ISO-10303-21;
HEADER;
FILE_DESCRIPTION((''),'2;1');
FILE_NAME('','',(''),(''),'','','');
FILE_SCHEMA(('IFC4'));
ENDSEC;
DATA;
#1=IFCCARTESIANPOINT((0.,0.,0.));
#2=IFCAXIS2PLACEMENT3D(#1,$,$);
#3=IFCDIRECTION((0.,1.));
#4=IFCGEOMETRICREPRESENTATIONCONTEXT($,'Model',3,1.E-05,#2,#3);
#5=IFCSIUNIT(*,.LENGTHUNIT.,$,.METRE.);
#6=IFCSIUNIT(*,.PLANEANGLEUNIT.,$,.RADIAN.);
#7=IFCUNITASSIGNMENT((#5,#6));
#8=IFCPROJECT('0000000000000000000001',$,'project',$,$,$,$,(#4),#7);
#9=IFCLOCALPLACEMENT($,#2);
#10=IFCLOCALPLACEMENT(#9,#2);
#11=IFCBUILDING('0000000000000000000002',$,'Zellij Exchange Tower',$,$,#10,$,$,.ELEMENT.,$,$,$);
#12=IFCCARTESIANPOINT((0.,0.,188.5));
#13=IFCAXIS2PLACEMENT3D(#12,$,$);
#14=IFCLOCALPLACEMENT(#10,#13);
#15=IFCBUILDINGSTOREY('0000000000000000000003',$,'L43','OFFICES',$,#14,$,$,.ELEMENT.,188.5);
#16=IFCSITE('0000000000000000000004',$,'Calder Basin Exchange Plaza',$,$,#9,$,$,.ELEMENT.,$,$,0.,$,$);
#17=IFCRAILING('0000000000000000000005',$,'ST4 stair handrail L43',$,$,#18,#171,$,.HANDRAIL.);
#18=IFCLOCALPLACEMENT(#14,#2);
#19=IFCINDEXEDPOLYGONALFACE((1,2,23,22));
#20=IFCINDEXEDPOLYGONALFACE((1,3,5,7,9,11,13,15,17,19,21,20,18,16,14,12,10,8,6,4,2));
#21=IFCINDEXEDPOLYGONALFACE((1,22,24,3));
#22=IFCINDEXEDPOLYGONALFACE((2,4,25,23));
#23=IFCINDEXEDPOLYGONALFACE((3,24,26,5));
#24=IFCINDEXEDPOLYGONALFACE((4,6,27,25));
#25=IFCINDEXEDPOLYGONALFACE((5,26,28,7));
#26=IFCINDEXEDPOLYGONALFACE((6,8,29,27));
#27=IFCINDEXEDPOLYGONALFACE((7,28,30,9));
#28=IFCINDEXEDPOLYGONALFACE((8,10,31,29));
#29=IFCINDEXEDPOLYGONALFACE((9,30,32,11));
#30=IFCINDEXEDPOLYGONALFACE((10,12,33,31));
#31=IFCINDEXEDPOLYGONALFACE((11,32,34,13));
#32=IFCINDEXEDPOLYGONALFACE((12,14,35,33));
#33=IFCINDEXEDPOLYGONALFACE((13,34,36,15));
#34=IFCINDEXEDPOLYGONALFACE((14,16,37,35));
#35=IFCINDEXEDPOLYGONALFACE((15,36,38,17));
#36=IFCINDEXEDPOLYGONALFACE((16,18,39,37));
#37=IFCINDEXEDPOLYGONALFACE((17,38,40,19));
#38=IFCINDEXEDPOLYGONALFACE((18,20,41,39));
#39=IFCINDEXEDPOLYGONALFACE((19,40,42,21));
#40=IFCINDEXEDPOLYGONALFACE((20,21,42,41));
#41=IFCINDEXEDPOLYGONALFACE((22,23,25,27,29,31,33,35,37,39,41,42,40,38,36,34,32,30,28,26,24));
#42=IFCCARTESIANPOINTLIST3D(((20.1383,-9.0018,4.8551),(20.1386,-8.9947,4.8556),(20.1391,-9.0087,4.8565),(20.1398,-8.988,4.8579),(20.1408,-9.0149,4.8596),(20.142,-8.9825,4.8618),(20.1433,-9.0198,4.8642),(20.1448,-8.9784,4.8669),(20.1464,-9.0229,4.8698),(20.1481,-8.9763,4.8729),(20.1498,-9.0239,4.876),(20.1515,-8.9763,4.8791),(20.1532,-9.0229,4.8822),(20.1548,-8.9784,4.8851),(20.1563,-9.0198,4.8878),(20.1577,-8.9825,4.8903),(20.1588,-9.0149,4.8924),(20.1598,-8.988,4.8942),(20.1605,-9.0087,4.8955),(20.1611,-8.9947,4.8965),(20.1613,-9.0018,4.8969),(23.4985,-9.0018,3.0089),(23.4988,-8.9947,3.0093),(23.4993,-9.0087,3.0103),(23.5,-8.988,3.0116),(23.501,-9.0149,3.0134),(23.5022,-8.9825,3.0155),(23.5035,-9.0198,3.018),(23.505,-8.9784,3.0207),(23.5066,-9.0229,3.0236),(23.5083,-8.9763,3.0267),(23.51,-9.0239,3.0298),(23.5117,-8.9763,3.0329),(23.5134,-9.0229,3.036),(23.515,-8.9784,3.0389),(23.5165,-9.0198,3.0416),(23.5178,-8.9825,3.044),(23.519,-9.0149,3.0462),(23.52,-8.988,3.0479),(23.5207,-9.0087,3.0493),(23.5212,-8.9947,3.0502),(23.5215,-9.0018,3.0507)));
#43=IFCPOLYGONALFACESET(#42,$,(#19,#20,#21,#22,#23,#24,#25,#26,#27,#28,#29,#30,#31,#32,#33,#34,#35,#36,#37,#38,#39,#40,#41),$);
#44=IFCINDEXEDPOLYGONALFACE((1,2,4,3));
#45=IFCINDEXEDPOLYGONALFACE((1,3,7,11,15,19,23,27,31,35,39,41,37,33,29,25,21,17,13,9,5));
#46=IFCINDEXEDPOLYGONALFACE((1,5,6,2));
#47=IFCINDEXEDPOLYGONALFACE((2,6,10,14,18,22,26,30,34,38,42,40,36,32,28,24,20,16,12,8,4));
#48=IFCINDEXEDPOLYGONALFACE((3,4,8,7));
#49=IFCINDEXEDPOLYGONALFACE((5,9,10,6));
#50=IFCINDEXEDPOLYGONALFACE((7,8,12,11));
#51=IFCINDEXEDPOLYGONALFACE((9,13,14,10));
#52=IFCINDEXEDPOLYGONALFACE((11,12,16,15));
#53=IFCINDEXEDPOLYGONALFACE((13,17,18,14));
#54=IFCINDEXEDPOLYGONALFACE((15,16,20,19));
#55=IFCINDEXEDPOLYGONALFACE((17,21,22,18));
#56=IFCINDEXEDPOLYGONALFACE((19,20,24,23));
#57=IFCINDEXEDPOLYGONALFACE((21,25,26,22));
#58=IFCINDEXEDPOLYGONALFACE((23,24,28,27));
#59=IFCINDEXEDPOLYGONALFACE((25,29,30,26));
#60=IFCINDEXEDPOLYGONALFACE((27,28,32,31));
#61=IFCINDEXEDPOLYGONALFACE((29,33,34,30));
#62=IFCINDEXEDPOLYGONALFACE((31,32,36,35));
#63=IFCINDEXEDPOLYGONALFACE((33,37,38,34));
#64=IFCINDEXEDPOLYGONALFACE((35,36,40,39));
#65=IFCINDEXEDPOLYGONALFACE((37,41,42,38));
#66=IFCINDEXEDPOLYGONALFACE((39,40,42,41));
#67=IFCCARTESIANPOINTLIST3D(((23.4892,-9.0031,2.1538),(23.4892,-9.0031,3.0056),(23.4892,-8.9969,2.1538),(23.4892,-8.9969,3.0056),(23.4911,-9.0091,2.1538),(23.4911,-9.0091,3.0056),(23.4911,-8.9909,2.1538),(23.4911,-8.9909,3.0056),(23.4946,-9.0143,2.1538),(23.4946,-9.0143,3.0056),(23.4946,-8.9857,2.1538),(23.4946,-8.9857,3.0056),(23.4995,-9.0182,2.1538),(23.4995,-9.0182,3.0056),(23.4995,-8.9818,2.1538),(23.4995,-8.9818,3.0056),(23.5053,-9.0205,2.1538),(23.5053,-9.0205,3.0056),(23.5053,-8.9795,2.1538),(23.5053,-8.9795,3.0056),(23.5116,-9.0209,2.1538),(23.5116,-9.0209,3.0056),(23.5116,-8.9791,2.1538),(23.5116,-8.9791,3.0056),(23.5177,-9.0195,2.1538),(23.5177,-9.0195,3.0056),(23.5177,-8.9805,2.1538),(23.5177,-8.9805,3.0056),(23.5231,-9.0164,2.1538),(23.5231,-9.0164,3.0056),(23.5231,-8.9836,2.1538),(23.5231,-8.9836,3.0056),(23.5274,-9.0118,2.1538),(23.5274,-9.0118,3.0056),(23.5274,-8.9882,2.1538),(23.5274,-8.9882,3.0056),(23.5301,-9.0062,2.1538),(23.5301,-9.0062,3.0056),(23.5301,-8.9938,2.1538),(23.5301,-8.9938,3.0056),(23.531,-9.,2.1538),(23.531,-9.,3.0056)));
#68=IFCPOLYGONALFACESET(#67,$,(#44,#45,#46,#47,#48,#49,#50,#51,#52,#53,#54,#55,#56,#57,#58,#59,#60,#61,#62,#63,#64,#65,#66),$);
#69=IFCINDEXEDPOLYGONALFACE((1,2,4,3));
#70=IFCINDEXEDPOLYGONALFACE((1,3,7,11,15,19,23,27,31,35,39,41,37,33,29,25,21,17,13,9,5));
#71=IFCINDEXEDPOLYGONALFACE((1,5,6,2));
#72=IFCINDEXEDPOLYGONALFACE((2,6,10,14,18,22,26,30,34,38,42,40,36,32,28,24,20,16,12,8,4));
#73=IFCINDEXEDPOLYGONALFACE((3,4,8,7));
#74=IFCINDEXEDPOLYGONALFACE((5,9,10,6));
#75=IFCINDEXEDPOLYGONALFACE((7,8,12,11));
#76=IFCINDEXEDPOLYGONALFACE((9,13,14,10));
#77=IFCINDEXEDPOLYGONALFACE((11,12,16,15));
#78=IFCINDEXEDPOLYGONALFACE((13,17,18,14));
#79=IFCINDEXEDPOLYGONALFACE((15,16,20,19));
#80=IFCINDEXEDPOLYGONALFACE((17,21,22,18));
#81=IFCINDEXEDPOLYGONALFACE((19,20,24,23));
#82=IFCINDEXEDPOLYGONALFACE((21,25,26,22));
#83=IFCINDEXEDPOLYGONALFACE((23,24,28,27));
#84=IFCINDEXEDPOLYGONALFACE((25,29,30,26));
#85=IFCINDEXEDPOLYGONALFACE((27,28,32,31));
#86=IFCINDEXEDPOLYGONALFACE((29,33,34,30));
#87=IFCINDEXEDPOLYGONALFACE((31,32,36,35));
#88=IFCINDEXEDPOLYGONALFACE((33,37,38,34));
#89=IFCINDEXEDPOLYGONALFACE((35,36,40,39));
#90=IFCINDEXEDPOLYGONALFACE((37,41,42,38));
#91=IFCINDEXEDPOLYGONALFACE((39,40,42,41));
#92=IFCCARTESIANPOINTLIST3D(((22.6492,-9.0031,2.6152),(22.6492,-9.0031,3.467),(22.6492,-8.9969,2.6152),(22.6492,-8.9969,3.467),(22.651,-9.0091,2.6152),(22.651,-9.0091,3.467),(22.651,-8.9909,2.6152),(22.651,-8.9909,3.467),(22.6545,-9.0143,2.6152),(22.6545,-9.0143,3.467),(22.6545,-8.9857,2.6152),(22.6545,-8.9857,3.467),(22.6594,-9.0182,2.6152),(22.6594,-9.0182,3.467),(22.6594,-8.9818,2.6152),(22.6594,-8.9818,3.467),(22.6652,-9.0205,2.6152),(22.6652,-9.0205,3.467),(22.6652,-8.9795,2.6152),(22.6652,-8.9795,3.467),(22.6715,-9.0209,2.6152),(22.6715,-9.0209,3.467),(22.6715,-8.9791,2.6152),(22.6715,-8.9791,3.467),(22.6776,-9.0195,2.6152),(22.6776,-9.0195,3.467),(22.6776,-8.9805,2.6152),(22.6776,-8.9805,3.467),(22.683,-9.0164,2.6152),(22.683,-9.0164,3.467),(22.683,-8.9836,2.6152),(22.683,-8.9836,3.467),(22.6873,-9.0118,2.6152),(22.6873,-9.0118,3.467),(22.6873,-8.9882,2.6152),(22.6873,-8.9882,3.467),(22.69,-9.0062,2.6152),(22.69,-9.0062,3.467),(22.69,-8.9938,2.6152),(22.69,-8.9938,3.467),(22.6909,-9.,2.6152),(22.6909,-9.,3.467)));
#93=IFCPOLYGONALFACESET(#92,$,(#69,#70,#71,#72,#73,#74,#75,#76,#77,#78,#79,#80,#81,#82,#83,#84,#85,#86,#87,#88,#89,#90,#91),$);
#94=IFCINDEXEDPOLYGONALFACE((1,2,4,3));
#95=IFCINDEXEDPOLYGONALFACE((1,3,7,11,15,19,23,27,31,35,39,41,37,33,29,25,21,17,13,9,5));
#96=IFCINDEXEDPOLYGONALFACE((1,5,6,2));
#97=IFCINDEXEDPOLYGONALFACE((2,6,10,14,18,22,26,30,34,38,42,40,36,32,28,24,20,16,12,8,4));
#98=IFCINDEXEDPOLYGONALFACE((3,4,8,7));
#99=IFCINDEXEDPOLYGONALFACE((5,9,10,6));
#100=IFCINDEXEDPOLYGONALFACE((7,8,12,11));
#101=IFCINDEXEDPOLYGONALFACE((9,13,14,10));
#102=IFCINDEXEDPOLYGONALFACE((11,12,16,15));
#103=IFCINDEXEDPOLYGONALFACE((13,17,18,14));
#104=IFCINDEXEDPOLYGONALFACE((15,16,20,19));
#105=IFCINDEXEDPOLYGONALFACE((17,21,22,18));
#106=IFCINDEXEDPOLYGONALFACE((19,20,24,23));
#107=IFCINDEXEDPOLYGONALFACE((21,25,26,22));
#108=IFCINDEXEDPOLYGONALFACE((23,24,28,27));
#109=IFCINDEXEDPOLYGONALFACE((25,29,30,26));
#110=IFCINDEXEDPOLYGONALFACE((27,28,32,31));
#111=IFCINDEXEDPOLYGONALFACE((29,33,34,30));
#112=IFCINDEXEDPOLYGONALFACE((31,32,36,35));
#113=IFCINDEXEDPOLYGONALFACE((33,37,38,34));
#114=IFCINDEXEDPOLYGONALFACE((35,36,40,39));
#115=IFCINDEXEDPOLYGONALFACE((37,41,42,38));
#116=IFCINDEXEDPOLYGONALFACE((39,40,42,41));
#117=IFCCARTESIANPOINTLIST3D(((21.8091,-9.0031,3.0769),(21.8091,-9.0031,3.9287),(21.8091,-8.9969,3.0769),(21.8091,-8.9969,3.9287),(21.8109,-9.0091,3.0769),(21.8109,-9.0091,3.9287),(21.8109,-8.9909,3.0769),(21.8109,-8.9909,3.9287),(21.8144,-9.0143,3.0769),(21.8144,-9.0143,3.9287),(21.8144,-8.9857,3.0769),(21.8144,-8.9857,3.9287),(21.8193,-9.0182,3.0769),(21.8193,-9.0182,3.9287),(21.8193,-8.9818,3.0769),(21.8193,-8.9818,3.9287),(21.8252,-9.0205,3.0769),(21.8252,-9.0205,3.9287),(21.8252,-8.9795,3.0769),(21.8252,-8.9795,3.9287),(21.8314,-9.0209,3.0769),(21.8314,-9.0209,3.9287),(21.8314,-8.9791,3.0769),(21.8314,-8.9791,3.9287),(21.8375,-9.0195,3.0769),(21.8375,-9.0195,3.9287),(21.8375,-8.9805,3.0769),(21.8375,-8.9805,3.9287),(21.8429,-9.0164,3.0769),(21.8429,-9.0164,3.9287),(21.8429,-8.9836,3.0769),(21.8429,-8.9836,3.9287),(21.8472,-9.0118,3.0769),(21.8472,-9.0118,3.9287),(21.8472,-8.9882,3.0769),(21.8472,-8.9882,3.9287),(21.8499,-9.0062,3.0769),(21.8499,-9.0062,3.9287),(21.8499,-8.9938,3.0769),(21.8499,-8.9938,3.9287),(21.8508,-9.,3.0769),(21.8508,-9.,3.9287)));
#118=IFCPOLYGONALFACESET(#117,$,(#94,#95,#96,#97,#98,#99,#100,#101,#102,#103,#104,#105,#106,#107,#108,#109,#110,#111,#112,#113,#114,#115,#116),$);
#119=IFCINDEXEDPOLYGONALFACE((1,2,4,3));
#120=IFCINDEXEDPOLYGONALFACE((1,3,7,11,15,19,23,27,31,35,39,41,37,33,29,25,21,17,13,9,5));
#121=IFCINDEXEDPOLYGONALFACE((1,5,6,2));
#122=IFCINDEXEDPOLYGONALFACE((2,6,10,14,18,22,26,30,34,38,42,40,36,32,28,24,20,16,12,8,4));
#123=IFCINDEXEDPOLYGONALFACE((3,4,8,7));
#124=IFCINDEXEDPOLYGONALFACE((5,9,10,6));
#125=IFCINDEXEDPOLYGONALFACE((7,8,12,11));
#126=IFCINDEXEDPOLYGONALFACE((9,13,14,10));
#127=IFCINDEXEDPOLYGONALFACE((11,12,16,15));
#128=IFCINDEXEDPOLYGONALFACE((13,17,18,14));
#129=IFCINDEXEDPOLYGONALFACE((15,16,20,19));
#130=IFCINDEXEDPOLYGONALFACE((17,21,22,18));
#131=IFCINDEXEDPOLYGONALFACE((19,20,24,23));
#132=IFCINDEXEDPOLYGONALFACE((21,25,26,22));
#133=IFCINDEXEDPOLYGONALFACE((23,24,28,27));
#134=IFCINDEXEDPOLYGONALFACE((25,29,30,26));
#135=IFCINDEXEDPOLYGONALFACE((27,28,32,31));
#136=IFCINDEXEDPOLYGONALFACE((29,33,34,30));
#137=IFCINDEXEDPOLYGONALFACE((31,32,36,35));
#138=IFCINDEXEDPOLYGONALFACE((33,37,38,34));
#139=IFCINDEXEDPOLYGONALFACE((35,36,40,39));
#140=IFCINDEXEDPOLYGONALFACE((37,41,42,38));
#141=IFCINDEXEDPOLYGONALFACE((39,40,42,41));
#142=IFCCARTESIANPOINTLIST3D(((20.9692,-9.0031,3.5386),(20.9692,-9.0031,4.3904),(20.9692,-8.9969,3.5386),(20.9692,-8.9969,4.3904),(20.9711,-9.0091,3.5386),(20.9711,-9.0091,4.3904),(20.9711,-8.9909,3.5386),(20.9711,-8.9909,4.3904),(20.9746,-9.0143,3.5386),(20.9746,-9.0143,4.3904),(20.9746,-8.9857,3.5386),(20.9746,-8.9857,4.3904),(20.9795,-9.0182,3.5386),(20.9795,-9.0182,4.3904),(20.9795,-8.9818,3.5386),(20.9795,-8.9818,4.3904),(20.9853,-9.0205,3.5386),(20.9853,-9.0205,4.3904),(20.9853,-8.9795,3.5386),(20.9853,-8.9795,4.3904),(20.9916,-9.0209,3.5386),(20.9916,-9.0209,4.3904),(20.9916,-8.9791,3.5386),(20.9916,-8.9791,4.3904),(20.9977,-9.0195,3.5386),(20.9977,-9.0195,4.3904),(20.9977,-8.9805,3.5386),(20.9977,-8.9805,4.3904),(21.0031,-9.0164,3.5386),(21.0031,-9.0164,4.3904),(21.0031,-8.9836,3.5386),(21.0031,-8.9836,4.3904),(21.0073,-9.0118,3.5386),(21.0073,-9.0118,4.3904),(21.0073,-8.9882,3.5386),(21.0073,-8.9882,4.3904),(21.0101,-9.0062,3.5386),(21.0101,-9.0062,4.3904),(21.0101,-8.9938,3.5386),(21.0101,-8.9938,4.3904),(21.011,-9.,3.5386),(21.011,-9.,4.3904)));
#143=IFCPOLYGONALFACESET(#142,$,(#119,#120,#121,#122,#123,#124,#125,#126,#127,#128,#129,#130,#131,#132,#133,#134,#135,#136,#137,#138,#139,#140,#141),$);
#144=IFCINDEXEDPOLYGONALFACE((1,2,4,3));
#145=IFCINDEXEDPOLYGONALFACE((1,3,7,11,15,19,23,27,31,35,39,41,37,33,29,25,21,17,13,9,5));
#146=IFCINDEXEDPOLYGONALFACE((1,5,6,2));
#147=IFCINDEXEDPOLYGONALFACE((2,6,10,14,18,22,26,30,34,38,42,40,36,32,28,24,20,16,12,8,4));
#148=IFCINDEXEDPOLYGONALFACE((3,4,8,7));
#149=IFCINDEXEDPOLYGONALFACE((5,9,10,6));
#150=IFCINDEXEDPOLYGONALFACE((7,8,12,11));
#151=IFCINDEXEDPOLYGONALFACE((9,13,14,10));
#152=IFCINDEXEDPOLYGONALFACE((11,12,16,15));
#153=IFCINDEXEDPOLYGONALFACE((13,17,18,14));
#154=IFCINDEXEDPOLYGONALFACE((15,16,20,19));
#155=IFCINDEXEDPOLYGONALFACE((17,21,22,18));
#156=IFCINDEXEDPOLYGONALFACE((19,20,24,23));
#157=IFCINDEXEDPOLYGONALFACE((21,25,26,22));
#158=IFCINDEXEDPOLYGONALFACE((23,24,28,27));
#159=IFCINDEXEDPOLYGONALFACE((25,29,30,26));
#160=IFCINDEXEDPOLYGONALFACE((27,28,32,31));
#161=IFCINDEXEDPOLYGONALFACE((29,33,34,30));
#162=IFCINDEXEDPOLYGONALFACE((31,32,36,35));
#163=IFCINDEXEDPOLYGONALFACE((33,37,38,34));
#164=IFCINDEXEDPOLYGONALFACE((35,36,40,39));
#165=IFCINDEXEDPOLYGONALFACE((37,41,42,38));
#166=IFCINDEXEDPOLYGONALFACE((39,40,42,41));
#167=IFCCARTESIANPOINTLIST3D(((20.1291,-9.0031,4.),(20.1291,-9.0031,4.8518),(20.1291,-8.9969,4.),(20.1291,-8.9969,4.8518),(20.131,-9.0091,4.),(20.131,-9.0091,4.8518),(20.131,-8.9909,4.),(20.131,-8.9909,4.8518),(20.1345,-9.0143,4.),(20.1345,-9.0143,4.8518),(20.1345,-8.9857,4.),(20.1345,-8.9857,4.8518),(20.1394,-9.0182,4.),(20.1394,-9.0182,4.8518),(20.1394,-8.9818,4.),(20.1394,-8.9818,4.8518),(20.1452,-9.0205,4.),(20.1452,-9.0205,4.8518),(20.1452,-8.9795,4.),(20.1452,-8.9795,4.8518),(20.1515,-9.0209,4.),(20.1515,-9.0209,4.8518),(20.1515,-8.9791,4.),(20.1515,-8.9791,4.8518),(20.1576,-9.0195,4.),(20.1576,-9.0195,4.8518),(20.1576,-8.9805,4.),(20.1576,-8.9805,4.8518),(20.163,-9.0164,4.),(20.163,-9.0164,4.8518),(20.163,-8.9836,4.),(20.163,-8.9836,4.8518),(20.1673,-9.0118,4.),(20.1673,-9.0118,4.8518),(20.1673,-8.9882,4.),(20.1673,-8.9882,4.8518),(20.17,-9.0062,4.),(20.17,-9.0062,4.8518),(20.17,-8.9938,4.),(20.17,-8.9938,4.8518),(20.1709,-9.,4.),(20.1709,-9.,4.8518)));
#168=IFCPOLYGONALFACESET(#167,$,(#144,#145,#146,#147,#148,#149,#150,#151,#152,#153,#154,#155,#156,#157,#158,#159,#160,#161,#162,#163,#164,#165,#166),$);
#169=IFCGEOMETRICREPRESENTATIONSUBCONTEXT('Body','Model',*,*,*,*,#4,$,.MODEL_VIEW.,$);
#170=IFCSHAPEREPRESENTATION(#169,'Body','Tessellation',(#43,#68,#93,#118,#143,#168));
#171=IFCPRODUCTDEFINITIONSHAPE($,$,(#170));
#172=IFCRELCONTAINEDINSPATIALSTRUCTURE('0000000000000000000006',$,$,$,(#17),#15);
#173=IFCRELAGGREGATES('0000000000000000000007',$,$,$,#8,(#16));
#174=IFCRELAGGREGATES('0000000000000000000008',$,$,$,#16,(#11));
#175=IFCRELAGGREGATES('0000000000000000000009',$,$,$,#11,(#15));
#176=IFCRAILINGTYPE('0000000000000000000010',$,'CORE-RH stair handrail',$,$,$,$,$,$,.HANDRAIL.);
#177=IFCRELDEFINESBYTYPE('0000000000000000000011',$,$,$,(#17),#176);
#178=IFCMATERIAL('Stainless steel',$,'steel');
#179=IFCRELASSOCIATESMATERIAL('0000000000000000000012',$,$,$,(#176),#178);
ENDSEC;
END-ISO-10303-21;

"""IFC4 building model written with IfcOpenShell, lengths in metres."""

from ifc_helpers import new_model, si_unit, direction, frame, origin, origin_2d, place, context, subcontext, project, spatial, circle, extrude, material, type_object, element, save


model = new_model("IFC4")

# Units and contexts
model_context = context("Model", 3, precision=1e-05, world=origin(), true_north=direction((0.0, 1.0)))
body_context = subcontext(model_context, "Body", "Model", "MODEL_VIEW")
ifc_project = project(units=[si_unit("LENGTHUNIT", "METRE"), si_unit("PLANEANGLEUNIT", "RADIAN")], contexts=[model_context])

# Site, building, storey
site_placement = place(None, origin())
site = spatial("IfcSite", under=ifc_project, at=site_placement, Name="Calder Basin Exchange Plaza", CompositionType="ELEMENT", RefElevation=0.0)
building_placement = place(site_placement, origin())
building = spatial("IfcBuilding", under=site, at=building_placement, Name="Zellij Exchange Tower", CompositionType="ELEMENT")
storey_placement = place(building_placement, frame((0.0, 0.0, 188.5)))
storey = spatial("IfcBuildingStorey", under=building, at=storey_placement, Name="L43", Description="OFFICES", CompositionType="ELEMENT", Elevation=188.5)

# Railing
ifc_material_1 = material(Name="Stainless steel", Category="steel")
railing_type_1 = type_object("IfcRailingType", Name="CORE-RH stair handrail", PredefinedType="HANDRAIL", material=ifc_material_1)
railing_1_placement = place(storey_placement, frame((23.51, -9.0, 2.1538)))
element("IfcRailing", 1, at=railing_1_placement, inside=storey, type_object=railing_type_1, Name="ST4 stair handrail L43", PredefinedType="HANDRAIL", context=body_context, shape_type="SweptSolid", body=[
    extrude(circle(Radius=0.0239, at=origin_2d()), frame((0.0, 0.0, 0.876), z_axis=(-0.876422, 0.0, 0.481545), x_axis=(0.0, -1.0, 0.0)), (0.0, 0.0, 1.0), 3.834),
    extrude(circle(Radius=0.021, at=origin_2d()), origin(), (0.0, 0.0, 1.0), 0.8518),
    extrude(circle(Radius=0.021, at=origin_2d()), frame((-0.8401, 0.0, 0.4614)), (0.0, 0.0, 1.0), 0.8518),
    extrude(circle(Radius=0.021, at=origin_2d()), frame((-1.6802, 0.0, 0.9231)), (0.0, 0.0, 1.0), 0.8518),
    extrude(circle(Radius=0.021, at=origin_2d()), frame((-2.52, 0.0, 1.3848)), (0.0, 0.0, 1.0), 0.8518),
    extrude(circle(Radius=0.021, at=origin_2d()), frame((-3.3601, 0.0, 1.8462)), (0.0, 0.0, 1.0), 0.8518),
])

save(model, "model.ifc")
